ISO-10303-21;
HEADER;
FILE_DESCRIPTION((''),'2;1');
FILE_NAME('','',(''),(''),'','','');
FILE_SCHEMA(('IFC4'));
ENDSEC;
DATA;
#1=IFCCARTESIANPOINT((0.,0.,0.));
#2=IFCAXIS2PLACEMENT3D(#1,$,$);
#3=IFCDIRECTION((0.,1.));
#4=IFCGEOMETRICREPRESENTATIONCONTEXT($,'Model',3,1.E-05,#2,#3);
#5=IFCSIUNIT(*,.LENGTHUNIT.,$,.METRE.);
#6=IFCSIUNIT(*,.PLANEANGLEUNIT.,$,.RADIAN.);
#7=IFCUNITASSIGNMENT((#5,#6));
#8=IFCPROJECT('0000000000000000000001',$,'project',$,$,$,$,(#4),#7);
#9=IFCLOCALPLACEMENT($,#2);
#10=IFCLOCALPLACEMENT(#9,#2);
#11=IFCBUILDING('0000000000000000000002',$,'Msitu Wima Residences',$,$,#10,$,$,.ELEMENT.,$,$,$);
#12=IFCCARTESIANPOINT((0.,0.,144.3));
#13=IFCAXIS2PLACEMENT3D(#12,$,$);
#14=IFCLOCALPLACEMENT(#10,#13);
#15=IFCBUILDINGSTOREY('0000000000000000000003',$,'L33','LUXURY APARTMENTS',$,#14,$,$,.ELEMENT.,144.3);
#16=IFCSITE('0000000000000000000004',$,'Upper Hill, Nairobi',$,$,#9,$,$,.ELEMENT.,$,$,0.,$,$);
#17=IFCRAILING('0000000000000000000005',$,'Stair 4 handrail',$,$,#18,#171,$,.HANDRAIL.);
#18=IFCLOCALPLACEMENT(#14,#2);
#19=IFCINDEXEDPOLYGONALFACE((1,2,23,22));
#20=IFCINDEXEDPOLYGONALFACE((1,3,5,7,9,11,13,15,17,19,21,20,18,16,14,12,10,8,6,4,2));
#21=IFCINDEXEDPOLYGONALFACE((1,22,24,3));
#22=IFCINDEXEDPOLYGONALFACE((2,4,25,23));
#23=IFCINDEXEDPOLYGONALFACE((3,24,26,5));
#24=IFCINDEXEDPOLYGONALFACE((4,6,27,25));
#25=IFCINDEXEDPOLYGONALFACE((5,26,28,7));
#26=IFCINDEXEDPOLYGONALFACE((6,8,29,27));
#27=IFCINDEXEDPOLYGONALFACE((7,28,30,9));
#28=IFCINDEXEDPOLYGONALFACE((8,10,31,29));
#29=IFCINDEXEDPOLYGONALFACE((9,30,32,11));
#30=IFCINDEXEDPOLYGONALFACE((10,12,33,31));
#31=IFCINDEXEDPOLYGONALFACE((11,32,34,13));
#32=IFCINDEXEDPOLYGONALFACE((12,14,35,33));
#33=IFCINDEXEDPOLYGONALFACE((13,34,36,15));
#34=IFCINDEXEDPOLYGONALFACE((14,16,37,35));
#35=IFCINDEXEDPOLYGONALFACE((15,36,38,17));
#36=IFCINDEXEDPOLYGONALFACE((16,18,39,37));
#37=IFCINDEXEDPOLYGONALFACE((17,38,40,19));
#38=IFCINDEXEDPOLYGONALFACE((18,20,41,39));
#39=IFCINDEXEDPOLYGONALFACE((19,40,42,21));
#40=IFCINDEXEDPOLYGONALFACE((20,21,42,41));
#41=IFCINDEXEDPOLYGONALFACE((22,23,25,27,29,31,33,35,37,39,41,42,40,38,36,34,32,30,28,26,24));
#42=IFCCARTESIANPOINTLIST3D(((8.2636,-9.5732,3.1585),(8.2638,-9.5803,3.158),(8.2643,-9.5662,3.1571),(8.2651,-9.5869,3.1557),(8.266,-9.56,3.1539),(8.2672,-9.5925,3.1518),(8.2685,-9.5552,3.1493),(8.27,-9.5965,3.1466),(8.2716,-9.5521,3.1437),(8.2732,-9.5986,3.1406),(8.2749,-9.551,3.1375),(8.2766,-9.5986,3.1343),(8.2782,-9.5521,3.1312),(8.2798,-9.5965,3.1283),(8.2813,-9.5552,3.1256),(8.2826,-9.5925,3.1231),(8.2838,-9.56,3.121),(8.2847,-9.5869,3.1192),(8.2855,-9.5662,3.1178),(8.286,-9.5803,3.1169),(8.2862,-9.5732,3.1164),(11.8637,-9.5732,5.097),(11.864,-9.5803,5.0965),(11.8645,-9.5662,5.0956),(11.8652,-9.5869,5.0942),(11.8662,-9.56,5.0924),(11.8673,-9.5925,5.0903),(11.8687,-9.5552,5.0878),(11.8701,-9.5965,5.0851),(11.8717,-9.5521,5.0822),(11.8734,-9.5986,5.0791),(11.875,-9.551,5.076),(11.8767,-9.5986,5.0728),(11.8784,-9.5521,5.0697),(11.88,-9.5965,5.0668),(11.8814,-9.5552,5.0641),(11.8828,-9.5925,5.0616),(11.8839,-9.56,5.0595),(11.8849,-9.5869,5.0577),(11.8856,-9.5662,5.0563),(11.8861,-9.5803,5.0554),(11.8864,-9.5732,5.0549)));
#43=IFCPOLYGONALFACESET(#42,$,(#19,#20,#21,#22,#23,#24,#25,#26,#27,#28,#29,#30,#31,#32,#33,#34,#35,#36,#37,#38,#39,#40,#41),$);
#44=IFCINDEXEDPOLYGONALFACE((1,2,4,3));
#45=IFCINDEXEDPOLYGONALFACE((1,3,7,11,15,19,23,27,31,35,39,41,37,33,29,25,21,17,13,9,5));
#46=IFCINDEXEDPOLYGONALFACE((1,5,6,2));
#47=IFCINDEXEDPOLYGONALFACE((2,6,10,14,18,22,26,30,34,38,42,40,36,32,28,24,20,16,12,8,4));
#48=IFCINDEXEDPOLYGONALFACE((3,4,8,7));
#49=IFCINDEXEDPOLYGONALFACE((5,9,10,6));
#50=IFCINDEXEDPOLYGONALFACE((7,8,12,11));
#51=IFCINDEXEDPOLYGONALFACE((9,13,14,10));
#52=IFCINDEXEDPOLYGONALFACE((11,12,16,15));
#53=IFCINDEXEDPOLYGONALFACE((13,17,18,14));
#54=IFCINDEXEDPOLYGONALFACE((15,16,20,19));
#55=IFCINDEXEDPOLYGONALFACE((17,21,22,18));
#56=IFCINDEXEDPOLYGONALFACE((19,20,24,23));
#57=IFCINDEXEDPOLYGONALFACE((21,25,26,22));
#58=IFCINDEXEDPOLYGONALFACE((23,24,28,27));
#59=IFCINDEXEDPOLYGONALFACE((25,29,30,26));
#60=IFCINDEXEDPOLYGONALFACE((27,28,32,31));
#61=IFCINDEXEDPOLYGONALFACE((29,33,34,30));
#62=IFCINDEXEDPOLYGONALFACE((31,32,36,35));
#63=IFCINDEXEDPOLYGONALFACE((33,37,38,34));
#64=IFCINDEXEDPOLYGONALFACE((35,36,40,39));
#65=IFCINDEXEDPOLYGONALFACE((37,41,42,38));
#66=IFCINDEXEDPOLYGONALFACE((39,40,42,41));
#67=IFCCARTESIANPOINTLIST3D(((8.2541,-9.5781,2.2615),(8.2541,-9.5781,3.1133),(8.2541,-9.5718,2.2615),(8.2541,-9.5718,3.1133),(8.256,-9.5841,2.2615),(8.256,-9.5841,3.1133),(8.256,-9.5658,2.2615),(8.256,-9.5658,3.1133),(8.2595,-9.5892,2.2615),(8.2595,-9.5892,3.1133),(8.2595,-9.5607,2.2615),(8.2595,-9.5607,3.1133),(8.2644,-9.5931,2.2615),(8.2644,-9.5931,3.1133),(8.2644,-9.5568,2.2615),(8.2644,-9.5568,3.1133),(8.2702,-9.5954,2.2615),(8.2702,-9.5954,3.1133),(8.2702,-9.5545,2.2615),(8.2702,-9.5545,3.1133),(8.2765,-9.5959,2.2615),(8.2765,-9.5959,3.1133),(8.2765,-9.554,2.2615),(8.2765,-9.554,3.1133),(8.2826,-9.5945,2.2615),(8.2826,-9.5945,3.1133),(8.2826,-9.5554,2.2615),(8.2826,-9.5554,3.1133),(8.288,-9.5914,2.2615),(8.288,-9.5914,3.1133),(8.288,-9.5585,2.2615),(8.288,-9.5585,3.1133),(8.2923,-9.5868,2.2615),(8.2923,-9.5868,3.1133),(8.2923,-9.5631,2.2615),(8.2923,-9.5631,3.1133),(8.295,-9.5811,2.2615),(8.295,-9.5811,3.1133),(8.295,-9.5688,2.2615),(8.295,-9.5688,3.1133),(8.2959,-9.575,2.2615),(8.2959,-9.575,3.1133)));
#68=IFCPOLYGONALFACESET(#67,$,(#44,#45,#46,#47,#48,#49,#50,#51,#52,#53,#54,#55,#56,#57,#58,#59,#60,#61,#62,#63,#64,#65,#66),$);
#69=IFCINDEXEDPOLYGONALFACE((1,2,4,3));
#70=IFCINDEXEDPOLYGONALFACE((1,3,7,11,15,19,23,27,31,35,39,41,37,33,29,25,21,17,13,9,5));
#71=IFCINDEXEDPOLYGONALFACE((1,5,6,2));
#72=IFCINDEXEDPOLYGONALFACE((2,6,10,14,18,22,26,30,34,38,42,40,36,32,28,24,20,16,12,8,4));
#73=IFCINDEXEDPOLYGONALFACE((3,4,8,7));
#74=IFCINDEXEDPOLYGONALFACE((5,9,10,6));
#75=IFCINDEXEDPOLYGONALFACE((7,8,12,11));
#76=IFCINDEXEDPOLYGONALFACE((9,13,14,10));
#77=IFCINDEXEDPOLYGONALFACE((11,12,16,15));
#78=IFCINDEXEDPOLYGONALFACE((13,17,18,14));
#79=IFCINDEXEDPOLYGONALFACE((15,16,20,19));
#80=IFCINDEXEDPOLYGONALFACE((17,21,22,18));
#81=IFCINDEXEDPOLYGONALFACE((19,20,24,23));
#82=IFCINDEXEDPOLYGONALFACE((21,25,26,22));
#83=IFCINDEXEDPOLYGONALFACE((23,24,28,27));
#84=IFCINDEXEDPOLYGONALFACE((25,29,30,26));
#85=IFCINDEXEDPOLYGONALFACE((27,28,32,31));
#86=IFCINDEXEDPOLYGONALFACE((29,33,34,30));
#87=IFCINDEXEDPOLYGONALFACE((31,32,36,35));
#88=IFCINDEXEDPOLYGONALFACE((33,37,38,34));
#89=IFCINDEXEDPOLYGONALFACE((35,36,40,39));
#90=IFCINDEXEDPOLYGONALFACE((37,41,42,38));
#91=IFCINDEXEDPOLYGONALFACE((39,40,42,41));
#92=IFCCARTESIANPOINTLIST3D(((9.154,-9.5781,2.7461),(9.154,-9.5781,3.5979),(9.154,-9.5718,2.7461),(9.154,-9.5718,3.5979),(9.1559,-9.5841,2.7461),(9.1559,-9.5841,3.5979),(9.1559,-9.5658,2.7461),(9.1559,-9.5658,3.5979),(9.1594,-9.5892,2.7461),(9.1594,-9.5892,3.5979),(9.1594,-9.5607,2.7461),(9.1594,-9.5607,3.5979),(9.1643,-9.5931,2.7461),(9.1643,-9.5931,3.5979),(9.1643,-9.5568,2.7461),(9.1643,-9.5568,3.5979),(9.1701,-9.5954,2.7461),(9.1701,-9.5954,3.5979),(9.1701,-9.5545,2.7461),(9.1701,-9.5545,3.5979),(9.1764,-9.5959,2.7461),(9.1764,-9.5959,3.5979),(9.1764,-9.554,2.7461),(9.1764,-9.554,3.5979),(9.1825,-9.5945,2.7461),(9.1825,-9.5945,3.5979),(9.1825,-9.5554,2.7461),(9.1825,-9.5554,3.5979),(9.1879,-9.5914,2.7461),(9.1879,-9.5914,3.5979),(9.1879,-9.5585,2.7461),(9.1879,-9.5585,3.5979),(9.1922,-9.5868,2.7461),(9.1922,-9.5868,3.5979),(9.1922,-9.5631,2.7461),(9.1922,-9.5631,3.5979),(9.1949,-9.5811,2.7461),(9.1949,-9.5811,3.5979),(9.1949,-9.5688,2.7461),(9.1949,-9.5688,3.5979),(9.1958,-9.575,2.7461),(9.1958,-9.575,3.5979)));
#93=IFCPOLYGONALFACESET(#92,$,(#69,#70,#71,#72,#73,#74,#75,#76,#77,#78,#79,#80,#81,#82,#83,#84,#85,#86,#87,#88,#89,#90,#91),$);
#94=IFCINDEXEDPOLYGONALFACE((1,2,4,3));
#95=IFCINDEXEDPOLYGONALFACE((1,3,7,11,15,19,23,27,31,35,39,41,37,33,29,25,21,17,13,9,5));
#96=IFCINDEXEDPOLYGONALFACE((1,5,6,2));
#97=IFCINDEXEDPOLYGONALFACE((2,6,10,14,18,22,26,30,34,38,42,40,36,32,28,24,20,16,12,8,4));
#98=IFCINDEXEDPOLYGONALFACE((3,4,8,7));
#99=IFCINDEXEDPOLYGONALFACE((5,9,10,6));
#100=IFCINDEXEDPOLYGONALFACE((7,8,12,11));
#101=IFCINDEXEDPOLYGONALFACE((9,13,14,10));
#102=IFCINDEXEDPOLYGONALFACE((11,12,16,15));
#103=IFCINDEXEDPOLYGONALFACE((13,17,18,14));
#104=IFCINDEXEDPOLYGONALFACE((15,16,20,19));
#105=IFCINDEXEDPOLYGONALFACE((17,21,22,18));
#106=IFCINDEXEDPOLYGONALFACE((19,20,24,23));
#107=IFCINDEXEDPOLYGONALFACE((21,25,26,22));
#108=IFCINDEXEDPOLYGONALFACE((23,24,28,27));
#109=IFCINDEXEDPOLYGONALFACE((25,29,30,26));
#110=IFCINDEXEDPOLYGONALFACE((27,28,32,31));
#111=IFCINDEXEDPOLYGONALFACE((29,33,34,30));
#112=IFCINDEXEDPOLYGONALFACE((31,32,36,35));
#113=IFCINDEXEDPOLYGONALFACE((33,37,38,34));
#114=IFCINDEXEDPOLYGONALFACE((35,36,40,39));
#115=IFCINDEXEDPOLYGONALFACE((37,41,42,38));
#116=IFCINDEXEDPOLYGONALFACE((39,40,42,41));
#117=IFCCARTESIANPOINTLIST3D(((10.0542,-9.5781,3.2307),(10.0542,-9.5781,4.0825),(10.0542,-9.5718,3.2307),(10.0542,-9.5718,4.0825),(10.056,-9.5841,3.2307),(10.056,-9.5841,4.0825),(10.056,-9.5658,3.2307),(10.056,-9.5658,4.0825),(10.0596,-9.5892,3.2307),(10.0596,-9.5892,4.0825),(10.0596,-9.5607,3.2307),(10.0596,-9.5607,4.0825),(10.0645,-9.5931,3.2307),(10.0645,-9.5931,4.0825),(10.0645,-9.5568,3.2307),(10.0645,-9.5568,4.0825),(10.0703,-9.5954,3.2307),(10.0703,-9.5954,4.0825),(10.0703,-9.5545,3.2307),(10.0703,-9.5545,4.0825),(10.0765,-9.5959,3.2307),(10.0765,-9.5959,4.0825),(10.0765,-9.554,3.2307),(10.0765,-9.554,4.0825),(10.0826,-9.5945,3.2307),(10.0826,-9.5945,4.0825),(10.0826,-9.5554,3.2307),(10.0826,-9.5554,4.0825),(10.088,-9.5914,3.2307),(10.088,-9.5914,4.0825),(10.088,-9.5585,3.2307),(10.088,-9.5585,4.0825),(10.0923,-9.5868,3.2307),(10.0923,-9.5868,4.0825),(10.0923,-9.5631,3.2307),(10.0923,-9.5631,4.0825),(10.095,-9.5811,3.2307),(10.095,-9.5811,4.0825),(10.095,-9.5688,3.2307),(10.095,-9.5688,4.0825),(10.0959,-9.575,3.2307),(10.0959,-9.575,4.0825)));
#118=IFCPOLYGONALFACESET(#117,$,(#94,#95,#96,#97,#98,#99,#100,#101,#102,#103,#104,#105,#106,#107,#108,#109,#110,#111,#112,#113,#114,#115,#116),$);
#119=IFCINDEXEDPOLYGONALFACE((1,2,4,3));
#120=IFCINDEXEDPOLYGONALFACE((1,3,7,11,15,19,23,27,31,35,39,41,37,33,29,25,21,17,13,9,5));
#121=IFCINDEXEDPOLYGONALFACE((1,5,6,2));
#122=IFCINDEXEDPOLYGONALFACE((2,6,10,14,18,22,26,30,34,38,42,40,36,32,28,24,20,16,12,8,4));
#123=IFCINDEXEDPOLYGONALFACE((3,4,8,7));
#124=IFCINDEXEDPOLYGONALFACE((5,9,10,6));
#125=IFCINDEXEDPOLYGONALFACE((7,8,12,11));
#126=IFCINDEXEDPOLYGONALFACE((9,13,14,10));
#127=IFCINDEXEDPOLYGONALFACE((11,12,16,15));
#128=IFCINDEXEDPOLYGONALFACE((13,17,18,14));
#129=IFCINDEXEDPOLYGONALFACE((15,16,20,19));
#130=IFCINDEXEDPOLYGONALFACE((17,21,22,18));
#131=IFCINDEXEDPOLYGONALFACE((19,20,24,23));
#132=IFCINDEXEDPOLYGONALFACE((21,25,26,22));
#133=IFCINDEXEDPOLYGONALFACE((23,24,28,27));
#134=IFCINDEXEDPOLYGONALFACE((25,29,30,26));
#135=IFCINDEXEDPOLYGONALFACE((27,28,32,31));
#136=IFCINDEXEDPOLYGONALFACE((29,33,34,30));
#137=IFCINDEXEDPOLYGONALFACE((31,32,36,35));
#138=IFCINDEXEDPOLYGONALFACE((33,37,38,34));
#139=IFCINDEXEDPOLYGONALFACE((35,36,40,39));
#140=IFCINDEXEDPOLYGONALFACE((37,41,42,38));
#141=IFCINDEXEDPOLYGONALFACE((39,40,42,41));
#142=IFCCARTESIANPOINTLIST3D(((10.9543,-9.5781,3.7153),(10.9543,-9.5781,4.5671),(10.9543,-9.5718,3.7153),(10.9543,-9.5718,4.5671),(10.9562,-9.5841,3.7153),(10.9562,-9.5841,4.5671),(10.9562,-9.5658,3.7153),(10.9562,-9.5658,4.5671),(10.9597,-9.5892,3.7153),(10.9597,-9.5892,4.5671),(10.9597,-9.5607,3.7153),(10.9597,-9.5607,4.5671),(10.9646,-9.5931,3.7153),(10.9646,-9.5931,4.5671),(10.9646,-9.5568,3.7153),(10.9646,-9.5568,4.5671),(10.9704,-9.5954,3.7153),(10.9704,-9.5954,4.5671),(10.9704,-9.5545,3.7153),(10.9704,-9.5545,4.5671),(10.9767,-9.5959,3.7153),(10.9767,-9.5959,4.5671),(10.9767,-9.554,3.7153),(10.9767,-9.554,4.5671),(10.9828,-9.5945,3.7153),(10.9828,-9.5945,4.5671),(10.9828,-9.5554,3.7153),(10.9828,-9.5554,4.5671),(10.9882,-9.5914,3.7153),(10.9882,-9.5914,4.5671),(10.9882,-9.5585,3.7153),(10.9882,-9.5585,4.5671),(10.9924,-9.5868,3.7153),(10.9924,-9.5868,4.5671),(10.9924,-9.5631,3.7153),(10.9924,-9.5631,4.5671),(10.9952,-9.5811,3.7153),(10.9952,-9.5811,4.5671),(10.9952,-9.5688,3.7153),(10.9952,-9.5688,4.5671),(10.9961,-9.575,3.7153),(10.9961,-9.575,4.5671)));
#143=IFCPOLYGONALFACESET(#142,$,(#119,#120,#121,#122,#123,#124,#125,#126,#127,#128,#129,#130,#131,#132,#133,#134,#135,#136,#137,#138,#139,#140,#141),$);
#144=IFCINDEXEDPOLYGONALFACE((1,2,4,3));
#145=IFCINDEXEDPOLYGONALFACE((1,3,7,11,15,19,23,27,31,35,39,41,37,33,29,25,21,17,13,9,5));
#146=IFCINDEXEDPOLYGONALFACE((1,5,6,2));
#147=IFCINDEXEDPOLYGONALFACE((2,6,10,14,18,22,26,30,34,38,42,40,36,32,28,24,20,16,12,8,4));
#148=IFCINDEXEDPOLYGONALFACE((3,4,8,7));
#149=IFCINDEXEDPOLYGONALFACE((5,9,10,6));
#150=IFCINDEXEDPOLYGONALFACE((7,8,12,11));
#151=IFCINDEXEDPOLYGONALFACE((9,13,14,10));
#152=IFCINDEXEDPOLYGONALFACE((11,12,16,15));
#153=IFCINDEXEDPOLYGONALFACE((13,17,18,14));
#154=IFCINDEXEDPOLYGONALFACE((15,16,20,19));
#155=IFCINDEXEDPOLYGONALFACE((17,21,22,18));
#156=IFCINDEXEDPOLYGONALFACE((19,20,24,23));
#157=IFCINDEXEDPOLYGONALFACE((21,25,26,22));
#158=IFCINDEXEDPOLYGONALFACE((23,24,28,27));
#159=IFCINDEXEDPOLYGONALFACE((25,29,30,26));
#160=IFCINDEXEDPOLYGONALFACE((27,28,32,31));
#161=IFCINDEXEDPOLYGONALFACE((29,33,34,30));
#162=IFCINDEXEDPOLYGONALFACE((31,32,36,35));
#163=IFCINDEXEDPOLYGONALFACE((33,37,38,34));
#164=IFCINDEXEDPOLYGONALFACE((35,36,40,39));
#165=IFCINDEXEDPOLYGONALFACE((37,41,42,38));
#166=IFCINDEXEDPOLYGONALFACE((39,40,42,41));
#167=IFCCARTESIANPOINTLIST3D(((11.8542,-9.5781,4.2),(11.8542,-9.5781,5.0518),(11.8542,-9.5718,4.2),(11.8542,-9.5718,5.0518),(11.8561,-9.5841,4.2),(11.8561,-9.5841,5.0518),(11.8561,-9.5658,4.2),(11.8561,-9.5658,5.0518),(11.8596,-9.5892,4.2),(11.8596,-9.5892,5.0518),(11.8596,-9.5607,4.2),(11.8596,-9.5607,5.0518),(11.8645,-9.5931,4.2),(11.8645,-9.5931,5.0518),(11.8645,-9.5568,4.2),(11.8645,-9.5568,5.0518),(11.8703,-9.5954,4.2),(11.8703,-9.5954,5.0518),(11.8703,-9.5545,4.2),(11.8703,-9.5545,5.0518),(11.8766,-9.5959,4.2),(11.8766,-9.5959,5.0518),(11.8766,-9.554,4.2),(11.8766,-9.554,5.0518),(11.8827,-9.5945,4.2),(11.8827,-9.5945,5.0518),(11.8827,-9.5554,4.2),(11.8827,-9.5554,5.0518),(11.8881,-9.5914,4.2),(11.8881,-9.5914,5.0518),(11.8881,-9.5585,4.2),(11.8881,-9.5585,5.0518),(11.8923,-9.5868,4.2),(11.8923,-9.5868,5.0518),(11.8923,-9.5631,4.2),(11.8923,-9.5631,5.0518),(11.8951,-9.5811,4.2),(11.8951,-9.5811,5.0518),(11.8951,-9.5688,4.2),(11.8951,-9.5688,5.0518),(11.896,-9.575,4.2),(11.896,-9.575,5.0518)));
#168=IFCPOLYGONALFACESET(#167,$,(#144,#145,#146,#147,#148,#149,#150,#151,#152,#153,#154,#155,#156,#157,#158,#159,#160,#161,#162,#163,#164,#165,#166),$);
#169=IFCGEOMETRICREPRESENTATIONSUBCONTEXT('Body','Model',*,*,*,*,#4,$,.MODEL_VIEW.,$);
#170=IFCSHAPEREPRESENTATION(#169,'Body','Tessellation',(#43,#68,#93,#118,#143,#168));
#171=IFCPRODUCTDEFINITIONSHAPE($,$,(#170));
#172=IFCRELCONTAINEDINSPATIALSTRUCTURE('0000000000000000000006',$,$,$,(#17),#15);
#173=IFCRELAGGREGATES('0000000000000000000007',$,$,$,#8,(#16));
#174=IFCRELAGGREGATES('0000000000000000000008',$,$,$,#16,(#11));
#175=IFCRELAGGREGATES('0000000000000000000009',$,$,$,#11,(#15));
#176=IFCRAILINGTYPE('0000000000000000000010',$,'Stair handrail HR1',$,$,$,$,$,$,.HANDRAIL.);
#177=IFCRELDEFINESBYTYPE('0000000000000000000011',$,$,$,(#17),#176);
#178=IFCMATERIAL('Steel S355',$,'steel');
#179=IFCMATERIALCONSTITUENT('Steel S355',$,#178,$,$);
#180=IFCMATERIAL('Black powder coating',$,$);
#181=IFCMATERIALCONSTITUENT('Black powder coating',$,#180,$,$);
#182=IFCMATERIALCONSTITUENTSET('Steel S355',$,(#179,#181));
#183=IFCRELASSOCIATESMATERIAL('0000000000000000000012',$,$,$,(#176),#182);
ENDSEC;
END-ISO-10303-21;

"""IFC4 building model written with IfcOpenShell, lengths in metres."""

from ifc_helpers import new_model, si_unit, direction, frame, origin, origin_2d, place, context, subcontext, project, spatial, circle, extrude, material, constituent, constituent_set, type_object, element, save


model = new_model("IFC4")

# Units and contexts
model_context = context("Model", 3, precision=1e-05, world=origin(), true_north=direction((0.0, 1.0)))
body_context = subcontext(model_context, "Body", "Model", "MODEL_VIEW")
ifc_project = project(units=[si_unit("LENGTHUNIT", "METRE"), si_unit("PLANEANGLEUNIT", "RADIAN")], contexts=[model_context])

# Site, building, storey
site_placement = place(None, origin())
site = spatial("IfcSite", under=ifc_project, at=site_placement, Name="Upper Hill, Nairobi", CompositionType="ELEMENT", RefElevation=0.0)
building_placement = place(site_placement, origin())
building = spatial("IfcBuilding", under=site, at=building_placement, Name="Msitu Wima Residences", CompositionType="ELEMENT")
storey_placement = place(building_placement, frame((0.0, 0.0, 144.3)))
storey = spatial("IfcBuildingStorey", under=building, at=storey_placement, Name="L33", Description="LUXURY APARTMENTS", CompositionType="ELEMENT", Elevation=144.3)

# Railing
ifc_material_1 = material(Name="Steel S355", Category="steel")
ifc_constituent_1 = constituent(ifc_material_1, Name="Steel S355")
ifc_material_2 = material(Name="Black powder coating")
ifc_constituent_2 = constituent(ifc_material_2, Name="Black powder coating")
ifc_constituent_set = constituent_set(constituents=[ifc_constituent_1, ifc_constituent_2], Name="Steel S355")
railing_type = type_object("IfcRailingType", Name="Stair handrail HR1", PredefinedType="HANDRAIL", material=ifc_constituent_set)
for number, where, name in (
    (1, (8.2749, -9.575, 2.2615), "Stair 4 handrail"),
):
    element("IfcRailing", number, at=place(storey_placement, frame(where)), inside=storey, type_object=railing_type, Name=name, PredefinedType="HANDRAIL", context=body_context, shape_type="SweptSolid", body=[
        extrude(circle(Radius=0.0239, at=origin_2d()), frame((0.0, 0.0, 0.876), z_axis=(0.880475, 0.0, 0.474093), x_axis=(0.0, 1.0, 0.0)), (0.0, 0.0, 1.0), 4.0889),
        extrude(circle(Radius=0.021, at=origin_2d()), origin(), (0.0, 0.0, 1.0), 0.8518),
        extrude(circle(Radius=0.021, at=origin_2d()), frame((0.8999, 0.0, 0.4846)), (0.0, 0.0, 1.0), 0.8518),
        extrude(circle(Radius=0.021, at=origin_2d()), frame((1.8, 0.0, 0.9692)), (0.0, 0.0, 1.0), 0.8518),
        extrude(circle(Radius=0.021, at=origin_2d()), frame((2.7002, 0.0, 1.4539)), (0.0, 0.0, 1.0), 0.8518),
        extrude(circle(Radius=0.021, at=origin_2d()), frame((3.6001, 0.0, 1.9385)), (0.0, 0.0, 1.0), 0.8518),
    ])

save(model, "model.ifc")
